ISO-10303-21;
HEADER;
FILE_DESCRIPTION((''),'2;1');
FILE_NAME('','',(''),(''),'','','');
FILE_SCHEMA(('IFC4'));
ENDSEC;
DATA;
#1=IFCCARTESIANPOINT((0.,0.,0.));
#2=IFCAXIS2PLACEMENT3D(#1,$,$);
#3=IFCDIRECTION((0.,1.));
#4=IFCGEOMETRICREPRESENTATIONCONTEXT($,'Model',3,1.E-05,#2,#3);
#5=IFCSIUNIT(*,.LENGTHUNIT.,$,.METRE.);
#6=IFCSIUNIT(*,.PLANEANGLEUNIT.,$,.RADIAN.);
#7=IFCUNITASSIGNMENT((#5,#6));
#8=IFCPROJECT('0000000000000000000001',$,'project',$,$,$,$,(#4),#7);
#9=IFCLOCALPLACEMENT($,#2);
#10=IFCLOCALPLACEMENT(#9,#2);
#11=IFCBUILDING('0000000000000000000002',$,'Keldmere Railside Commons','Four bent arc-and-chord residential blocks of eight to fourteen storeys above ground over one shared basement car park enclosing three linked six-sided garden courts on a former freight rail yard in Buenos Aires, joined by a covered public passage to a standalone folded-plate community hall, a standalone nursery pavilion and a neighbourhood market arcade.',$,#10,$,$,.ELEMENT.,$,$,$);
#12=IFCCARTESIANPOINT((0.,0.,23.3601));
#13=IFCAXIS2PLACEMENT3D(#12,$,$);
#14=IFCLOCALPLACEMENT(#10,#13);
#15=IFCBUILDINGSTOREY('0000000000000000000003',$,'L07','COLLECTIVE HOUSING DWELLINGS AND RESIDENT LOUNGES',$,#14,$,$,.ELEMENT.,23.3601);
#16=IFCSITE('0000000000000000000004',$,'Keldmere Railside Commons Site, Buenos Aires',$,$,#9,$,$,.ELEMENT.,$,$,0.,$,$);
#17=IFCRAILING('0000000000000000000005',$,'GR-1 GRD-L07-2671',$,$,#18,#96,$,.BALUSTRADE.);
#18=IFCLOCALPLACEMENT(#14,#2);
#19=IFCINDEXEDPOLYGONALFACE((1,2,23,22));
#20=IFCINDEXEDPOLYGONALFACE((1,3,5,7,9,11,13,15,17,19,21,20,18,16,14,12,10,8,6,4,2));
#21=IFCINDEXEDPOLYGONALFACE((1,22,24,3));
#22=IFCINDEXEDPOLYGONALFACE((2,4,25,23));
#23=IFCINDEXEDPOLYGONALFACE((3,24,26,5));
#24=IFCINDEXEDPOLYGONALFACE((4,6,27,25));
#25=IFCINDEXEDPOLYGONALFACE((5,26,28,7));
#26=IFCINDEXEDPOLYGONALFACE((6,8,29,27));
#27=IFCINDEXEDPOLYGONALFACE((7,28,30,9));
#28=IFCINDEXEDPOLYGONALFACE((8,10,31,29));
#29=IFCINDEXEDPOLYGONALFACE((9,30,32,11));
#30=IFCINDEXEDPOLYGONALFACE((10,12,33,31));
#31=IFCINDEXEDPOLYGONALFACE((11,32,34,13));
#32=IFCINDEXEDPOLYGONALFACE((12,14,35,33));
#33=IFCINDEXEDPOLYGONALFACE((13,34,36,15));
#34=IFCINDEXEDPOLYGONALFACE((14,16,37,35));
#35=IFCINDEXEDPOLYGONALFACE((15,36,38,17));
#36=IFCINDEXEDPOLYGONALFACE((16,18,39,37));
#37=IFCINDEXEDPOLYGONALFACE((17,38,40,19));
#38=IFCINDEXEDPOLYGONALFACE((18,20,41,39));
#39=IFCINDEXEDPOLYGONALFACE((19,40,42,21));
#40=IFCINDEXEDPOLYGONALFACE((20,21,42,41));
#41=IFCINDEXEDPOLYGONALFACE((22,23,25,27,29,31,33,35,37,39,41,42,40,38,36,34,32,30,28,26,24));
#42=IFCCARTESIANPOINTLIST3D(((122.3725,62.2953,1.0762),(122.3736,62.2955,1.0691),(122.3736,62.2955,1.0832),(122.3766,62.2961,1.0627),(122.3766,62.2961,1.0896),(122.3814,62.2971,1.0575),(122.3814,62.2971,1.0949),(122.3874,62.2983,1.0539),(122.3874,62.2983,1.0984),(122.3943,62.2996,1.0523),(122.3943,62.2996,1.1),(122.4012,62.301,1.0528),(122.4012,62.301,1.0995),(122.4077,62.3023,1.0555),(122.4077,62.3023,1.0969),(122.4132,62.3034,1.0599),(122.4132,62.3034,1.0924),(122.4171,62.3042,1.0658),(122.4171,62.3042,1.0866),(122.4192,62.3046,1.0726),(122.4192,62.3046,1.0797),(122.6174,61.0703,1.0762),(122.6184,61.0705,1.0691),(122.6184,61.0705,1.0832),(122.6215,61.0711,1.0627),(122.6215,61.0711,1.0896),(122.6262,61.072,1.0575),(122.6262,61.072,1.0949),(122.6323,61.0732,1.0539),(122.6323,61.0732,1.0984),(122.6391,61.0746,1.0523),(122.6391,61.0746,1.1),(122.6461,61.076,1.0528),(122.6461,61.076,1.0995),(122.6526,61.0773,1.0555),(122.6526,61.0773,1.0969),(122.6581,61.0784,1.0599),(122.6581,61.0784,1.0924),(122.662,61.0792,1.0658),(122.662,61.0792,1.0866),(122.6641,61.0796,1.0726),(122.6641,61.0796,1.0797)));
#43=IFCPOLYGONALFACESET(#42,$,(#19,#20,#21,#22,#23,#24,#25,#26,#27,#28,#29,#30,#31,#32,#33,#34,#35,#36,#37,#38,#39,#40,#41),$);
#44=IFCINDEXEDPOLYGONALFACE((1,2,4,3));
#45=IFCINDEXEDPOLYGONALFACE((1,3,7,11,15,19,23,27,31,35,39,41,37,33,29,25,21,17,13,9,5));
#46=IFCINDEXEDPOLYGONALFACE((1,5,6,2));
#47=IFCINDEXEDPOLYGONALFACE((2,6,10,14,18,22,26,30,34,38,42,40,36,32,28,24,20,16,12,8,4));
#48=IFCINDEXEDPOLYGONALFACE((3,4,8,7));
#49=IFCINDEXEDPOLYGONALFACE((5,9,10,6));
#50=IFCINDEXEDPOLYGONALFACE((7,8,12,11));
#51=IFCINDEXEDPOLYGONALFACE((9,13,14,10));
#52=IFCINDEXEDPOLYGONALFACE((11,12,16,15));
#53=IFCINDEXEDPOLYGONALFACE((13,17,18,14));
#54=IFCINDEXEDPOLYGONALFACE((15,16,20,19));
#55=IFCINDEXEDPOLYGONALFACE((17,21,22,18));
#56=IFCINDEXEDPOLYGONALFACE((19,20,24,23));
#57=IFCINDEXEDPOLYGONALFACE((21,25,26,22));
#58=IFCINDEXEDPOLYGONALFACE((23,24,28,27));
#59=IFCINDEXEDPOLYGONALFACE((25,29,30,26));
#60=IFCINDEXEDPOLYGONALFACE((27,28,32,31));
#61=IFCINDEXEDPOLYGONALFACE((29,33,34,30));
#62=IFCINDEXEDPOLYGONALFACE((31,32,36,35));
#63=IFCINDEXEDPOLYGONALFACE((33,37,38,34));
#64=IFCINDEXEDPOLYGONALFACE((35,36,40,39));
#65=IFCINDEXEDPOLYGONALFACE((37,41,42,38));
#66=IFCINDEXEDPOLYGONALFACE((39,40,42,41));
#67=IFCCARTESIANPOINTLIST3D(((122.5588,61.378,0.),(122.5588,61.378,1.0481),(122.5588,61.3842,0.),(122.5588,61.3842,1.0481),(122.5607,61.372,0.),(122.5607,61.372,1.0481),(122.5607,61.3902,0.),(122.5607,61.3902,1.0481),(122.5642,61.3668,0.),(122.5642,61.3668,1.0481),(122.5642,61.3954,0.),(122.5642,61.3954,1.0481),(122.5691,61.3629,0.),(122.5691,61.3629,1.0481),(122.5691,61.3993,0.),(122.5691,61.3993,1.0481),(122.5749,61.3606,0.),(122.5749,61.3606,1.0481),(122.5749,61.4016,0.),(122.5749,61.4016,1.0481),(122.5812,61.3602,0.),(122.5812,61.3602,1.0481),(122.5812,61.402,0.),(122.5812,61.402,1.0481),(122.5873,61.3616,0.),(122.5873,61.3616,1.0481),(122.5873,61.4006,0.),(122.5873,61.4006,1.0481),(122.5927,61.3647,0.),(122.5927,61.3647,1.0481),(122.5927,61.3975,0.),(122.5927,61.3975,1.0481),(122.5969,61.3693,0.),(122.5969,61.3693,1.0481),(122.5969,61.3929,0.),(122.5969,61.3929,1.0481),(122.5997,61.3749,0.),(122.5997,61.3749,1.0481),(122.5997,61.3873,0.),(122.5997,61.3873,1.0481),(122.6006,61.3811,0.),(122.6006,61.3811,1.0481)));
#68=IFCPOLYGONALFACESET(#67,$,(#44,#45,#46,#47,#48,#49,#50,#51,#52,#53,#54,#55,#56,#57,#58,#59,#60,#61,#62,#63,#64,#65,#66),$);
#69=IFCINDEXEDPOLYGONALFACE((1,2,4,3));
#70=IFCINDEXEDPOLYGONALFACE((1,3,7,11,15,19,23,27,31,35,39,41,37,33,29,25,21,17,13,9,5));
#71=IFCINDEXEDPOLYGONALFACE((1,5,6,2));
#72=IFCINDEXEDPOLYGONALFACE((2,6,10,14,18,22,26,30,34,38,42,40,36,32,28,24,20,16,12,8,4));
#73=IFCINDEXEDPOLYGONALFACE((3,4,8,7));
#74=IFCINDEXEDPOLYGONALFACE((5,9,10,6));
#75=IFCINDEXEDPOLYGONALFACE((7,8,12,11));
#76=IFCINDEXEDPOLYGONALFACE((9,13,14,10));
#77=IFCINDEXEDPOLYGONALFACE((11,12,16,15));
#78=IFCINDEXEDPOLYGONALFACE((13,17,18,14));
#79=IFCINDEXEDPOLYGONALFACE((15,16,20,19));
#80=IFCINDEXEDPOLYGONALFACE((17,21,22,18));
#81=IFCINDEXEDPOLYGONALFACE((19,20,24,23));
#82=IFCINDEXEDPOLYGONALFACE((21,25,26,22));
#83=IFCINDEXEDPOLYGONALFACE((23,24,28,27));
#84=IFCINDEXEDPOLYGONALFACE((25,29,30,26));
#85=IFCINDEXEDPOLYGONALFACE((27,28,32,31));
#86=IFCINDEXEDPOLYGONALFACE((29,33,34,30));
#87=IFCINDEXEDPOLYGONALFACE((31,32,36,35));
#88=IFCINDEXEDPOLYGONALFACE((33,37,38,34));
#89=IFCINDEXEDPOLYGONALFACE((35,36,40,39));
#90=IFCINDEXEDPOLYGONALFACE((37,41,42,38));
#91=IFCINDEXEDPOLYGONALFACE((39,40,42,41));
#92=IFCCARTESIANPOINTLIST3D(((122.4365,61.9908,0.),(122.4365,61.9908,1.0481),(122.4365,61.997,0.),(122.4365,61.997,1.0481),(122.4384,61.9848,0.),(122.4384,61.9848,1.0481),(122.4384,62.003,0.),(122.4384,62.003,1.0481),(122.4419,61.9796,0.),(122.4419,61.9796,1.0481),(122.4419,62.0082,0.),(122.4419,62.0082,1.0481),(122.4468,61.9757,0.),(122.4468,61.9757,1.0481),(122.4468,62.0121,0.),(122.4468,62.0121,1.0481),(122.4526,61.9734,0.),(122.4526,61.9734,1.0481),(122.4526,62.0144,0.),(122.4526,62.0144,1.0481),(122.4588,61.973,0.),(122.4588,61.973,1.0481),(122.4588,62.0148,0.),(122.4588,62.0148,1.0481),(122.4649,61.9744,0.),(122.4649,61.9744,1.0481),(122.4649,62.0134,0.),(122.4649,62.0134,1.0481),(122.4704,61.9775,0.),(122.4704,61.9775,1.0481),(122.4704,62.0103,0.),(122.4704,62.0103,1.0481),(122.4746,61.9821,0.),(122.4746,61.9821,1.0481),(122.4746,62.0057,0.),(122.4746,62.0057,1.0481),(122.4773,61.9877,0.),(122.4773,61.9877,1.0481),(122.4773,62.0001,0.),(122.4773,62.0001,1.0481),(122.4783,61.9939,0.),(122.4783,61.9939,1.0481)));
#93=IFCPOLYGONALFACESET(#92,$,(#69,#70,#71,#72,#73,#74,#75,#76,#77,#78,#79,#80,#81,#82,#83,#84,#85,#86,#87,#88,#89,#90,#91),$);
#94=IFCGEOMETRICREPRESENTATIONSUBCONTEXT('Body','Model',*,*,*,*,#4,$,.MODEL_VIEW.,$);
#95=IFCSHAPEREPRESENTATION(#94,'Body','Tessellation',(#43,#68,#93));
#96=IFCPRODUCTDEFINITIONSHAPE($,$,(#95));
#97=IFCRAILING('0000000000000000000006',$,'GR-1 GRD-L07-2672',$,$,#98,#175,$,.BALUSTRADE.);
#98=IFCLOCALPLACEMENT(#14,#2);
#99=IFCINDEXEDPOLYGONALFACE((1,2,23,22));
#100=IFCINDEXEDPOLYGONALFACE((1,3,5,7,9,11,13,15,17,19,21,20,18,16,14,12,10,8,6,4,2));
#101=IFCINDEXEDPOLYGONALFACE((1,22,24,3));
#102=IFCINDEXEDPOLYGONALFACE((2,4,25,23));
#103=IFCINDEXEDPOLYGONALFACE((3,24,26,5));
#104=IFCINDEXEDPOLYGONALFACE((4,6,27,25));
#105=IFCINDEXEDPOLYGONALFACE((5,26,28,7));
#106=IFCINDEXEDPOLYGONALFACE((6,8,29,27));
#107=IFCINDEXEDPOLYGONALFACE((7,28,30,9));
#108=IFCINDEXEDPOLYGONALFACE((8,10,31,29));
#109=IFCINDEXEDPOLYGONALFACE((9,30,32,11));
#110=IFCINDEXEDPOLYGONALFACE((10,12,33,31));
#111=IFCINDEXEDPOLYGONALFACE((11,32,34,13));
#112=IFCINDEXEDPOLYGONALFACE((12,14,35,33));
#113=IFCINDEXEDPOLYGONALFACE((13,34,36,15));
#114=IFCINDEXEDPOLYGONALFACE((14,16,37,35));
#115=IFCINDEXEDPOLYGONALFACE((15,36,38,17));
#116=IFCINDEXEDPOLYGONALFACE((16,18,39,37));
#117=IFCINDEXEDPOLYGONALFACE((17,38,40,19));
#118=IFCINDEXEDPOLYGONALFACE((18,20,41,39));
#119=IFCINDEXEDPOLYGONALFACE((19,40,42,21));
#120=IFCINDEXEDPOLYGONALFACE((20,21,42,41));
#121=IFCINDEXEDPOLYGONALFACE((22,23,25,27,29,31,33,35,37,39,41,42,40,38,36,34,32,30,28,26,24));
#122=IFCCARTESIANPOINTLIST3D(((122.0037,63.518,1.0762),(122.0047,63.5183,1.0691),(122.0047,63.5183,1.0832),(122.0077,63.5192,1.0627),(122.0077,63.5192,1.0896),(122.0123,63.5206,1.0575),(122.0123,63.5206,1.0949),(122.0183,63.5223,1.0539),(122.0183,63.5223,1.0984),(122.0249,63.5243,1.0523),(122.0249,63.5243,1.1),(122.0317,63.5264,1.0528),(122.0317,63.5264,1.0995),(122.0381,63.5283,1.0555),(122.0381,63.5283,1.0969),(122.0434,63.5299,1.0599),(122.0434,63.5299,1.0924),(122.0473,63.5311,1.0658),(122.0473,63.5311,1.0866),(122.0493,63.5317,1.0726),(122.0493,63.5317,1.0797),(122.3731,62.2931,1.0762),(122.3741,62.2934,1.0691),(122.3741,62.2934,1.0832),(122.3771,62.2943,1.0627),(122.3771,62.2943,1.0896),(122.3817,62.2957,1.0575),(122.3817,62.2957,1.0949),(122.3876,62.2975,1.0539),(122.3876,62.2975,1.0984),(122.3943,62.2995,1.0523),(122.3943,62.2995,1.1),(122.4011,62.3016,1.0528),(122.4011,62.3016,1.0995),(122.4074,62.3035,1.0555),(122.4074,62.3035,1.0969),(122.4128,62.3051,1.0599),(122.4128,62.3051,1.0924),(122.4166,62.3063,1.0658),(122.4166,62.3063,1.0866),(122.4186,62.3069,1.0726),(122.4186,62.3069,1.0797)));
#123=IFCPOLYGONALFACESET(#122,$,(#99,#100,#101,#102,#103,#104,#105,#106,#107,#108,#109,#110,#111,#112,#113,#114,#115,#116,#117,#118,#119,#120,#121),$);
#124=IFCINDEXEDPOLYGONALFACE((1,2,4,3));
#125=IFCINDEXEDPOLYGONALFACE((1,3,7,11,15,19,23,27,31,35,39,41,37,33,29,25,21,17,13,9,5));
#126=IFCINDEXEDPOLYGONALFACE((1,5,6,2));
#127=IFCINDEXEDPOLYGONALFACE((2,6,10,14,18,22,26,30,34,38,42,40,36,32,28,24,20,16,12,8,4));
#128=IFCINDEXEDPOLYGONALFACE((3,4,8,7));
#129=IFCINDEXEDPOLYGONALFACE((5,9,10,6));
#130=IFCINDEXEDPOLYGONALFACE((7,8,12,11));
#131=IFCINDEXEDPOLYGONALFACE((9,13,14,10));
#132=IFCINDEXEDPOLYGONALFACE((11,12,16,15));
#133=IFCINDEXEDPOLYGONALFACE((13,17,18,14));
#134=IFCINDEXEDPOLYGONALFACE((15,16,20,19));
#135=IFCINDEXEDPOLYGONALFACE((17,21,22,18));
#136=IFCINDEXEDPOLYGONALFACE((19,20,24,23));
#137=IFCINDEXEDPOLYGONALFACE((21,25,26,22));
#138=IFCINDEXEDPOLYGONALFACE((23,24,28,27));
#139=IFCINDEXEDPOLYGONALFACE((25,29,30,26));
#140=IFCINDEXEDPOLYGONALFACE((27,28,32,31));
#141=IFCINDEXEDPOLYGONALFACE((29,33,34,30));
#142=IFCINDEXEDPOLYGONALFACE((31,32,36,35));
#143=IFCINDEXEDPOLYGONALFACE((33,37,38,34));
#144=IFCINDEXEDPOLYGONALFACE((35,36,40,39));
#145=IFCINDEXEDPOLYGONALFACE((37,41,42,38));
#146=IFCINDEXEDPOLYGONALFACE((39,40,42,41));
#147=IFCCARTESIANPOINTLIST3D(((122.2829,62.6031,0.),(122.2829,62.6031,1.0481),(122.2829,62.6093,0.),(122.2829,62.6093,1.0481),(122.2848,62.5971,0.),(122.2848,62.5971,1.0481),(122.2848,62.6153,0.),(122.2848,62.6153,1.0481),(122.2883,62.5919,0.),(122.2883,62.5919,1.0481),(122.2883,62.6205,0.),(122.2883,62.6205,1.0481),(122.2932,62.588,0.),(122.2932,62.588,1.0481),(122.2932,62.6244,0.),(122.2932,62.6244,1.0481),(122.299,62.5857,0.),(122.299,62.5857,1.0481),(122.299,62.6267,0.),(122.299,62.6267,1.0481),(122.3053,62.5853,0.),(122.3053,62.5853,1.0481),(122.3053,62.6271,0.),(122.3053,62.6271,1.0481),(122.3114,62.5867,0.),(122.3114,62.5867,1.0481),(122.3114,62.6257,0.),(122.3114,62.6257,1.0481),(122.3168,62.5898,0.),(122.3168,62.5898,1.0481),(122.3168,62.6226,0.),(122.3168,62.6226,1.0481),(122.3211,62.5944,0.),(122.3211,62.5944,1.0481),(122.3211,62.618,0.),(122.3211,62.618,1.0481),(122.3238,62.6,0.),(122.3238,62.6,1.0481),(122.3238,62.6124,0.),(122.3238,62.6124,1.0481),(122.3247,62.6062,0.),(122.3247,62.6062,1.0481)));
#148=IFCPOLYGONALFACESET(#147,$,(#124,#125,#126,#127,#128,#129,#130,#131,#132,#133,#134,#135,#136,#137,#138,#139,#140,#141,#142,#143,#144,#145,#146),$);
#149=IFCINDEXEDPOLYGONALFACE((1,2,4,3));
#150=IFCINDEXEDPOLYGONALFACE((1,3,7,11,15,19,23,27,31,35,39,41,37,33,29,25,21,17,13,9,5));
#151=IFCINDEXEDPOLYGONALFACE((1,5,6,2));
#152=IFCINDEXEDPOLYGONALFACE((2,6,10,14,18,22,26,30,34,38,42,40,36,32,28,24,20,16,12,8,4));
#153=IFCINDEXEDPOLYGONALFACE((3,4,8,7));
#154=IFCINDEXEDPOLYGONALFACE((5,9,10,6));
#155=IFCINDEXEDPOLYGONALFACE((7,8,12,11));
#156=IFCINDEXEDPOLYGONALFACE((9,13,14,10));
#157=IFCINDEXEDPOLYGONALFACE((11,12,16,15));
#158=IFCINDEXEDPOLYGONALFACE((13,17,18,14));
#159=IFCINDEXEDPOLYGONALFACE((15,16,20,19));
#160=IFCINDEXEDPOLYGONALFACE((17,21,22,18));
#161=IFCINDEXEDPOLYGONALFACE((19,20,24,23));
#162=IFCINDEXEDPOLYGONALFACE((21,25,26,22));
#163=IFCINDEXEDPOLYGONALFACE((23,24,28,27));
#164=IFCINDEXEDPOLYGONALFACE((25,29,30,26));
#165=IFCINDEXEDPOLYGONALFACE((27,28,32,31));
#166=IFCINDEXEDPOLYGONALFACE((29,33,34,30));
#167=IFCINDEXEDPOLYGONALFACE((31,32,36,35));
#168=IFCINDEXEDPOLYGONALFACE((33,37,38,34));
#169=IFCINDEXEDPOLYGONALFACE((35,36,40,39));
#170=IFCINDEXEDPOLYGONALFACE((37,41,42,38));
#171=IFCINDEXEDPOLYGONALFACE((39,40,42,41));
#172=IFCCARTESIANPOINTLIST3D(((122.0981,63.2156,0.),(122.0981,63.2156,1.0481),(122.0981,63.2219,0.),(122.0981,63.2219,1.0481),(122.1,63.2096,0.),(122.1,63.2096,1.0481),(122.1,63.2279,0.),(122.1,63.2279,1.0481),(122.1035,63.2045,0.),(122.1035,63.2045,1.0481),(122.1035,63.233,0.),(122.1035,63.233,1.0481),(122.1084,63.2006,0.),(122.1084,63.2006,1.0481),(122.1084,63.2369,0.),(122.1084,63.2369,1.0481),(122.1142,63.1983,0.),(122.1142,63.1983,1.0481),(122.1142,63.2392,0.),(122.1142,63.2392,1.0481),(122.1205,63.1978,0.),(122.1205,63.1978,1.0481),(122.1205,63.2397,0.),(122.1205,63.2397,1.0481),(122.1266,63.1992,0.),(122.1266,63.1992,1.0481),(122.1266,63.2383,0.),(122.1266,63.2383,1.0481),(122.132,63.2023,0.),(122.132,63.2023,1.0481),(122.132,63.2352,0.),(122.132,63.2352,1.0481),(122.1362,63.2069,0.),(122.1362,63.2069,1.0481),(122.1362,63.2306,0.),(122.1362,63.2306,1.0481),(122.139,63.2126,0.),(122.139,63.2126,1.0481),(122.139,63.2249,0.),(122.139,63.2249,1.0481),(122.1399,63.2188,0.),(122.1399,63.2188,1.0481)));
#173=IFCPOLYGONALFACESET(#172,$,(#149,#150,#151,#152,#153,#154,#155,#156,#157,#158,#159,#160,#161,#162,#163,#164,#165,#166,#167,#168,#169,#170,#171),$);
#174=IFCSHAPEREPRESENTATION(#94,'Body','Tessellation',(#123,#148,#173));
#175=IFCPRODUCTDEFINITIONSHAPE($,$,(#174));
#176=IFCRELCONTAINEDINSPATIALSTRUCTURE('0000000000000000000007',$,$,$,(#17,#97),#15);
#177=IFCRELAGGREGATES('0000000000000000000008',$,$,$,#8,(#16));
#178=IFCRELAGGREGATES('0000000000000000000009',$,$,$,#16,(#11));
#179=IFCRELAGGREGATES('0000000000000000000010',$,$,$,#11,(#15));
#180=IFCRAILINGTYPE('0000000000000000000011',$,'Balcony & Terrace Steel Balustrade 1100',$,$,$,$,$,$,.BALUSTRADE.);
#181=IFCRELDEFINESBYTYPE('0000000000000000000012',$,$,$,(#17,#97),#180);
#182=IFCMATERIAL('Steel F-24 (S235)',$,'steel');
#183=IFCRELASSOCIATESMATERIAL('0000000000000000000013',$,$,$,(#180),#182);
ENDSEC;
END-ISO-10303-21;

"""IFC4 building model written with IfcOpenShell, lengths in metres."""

from ifc_helpers import new_model, si_unit, direction, frame, origin, origin_2d, place, context, subcontext, project, spatial, circle, extrude, material, type_object, element, save


model = new_model("IFC4")

# Units and contexts
model_context = context("Model", 3, precision=1e-05, world=origin(), true_north=direction((0.0, 1.0)))
body_context = subcontext(model_context, "Body", "Model", "MODEL_VIEW")
ifc_project = project(units=[si_unit("LENGTHUNIT", "METRE"), si_unit("PLANEANGLEUNIT", "RADIAN")], contexts=[model_context])

# Site, building, storey
site_placement = place(None, origin())
site = spatial("IfcSite", under=ifc_project, at=site_placement, Name="Keldmere Railside Commons Site, Buenos Aires", CompositionType="ELEMENT", RefElevation=0.0)
building_placement = place(site_placement, origin())
building = spatial("IfcBuilding", under=site, at=building_placement, Name="Keldmere Railside Commons", Description="Four bent arc-and-chord residential blocks of eight to fourteen storeys above ground over one shared basement car park enclosing three linked six-sided garden courts on a former freight rail yard in Buenos Aires, joined by a covered public passage to a standalone folded-plate community hall, a standalone nursery pavilion and a neighbourhood market arcade.", CompositionType="ELEMENT")
storey_placement = place(building_placement, frame((0.0, 0.0, 23.3601)))
storey = spatial("IfcBuildingStorey", under=building, at=storey_placement, Name="L07", Description="COLLECTIVE HOUSING DWELLINGS AND RESIDENT LOUNGES", CompositionType="ELEMENT", Elevation=23.3601)

# Railings
ifc_material_1 = material(Name="Steel F-24 (S235)", Category="steel")
railing_type = type_object("IfcRailingType", Name="Balcony & Terrace Steel Balustrade 1100", PredefinedType="BALUSTRADE", material=ifc_material_1)
railing_1_placement = place(storey_placement, frame((122.6409, 61.075, 0.0)))
element("IfcRailing", 1, at=railing_1_placement, inside=storey, type_object=railing_type, Name="GR-1 GRD-L07-2671", PredefinedType="BALUSTRADE", context=body_context, shape_type="SweptSolid", body=[
    extrude(circle(Radius=0.0239, at=origin_2d()), frame((0.0, 0.0, 1.0762), z_axis=(-0.196003, 0.980603, 0.0), x_axis=(-0.980603, -0.196003, 0.0)), (0.0, 0.0, 1.0), 1.2493),
    extrude(circle(Radius=0.021, at=origin_2d()), frame((-0.0613, 0.3062, 0.0)), (0.0, 0.0, 1.0), 1.0481),
    extrude(circle(Radius=0.021, at=origin_2d()), frame((-0.1836, 0.9189, 0.0)), (0.0, 0.0, 1.0), 1.0481),
])
railing_2_placement = place(storey_placement, frame((122.396, 62.3, 0.0)))
element("IfcRailing", 2, at=railing_2_placement, inside=storey, type_object=railing_type, Name="GR-1 GRD-L07-2672", PredefinedType="BALUSTRADE", context=body_context, shape_type="SweptSolid", body=[
    extrude(circle(Radius=0.0239, at=origin_2d()), frame((0.0, 0.0, 1.0762), z_axis=(-0.288731, 0.95741, 0.0), x_axis=(-0.95741, -0.288731, 0.0)), (0.0, 0.0, 1.0), 1.2793),
    extrude(circle(Radius=0.021, at=origin_2d()), frame((-0.0923, 0.3062, 0.0)), (0.0, 0.0, 1.0), 1.0481),
    extrude(circle(Radius=0.021, at=origin_2d()), frame((-0.2771, 0.9187, 0.0)), (0.0, 0.0, 1.0), 1.0481),
])

save(model, "model.ifc")
